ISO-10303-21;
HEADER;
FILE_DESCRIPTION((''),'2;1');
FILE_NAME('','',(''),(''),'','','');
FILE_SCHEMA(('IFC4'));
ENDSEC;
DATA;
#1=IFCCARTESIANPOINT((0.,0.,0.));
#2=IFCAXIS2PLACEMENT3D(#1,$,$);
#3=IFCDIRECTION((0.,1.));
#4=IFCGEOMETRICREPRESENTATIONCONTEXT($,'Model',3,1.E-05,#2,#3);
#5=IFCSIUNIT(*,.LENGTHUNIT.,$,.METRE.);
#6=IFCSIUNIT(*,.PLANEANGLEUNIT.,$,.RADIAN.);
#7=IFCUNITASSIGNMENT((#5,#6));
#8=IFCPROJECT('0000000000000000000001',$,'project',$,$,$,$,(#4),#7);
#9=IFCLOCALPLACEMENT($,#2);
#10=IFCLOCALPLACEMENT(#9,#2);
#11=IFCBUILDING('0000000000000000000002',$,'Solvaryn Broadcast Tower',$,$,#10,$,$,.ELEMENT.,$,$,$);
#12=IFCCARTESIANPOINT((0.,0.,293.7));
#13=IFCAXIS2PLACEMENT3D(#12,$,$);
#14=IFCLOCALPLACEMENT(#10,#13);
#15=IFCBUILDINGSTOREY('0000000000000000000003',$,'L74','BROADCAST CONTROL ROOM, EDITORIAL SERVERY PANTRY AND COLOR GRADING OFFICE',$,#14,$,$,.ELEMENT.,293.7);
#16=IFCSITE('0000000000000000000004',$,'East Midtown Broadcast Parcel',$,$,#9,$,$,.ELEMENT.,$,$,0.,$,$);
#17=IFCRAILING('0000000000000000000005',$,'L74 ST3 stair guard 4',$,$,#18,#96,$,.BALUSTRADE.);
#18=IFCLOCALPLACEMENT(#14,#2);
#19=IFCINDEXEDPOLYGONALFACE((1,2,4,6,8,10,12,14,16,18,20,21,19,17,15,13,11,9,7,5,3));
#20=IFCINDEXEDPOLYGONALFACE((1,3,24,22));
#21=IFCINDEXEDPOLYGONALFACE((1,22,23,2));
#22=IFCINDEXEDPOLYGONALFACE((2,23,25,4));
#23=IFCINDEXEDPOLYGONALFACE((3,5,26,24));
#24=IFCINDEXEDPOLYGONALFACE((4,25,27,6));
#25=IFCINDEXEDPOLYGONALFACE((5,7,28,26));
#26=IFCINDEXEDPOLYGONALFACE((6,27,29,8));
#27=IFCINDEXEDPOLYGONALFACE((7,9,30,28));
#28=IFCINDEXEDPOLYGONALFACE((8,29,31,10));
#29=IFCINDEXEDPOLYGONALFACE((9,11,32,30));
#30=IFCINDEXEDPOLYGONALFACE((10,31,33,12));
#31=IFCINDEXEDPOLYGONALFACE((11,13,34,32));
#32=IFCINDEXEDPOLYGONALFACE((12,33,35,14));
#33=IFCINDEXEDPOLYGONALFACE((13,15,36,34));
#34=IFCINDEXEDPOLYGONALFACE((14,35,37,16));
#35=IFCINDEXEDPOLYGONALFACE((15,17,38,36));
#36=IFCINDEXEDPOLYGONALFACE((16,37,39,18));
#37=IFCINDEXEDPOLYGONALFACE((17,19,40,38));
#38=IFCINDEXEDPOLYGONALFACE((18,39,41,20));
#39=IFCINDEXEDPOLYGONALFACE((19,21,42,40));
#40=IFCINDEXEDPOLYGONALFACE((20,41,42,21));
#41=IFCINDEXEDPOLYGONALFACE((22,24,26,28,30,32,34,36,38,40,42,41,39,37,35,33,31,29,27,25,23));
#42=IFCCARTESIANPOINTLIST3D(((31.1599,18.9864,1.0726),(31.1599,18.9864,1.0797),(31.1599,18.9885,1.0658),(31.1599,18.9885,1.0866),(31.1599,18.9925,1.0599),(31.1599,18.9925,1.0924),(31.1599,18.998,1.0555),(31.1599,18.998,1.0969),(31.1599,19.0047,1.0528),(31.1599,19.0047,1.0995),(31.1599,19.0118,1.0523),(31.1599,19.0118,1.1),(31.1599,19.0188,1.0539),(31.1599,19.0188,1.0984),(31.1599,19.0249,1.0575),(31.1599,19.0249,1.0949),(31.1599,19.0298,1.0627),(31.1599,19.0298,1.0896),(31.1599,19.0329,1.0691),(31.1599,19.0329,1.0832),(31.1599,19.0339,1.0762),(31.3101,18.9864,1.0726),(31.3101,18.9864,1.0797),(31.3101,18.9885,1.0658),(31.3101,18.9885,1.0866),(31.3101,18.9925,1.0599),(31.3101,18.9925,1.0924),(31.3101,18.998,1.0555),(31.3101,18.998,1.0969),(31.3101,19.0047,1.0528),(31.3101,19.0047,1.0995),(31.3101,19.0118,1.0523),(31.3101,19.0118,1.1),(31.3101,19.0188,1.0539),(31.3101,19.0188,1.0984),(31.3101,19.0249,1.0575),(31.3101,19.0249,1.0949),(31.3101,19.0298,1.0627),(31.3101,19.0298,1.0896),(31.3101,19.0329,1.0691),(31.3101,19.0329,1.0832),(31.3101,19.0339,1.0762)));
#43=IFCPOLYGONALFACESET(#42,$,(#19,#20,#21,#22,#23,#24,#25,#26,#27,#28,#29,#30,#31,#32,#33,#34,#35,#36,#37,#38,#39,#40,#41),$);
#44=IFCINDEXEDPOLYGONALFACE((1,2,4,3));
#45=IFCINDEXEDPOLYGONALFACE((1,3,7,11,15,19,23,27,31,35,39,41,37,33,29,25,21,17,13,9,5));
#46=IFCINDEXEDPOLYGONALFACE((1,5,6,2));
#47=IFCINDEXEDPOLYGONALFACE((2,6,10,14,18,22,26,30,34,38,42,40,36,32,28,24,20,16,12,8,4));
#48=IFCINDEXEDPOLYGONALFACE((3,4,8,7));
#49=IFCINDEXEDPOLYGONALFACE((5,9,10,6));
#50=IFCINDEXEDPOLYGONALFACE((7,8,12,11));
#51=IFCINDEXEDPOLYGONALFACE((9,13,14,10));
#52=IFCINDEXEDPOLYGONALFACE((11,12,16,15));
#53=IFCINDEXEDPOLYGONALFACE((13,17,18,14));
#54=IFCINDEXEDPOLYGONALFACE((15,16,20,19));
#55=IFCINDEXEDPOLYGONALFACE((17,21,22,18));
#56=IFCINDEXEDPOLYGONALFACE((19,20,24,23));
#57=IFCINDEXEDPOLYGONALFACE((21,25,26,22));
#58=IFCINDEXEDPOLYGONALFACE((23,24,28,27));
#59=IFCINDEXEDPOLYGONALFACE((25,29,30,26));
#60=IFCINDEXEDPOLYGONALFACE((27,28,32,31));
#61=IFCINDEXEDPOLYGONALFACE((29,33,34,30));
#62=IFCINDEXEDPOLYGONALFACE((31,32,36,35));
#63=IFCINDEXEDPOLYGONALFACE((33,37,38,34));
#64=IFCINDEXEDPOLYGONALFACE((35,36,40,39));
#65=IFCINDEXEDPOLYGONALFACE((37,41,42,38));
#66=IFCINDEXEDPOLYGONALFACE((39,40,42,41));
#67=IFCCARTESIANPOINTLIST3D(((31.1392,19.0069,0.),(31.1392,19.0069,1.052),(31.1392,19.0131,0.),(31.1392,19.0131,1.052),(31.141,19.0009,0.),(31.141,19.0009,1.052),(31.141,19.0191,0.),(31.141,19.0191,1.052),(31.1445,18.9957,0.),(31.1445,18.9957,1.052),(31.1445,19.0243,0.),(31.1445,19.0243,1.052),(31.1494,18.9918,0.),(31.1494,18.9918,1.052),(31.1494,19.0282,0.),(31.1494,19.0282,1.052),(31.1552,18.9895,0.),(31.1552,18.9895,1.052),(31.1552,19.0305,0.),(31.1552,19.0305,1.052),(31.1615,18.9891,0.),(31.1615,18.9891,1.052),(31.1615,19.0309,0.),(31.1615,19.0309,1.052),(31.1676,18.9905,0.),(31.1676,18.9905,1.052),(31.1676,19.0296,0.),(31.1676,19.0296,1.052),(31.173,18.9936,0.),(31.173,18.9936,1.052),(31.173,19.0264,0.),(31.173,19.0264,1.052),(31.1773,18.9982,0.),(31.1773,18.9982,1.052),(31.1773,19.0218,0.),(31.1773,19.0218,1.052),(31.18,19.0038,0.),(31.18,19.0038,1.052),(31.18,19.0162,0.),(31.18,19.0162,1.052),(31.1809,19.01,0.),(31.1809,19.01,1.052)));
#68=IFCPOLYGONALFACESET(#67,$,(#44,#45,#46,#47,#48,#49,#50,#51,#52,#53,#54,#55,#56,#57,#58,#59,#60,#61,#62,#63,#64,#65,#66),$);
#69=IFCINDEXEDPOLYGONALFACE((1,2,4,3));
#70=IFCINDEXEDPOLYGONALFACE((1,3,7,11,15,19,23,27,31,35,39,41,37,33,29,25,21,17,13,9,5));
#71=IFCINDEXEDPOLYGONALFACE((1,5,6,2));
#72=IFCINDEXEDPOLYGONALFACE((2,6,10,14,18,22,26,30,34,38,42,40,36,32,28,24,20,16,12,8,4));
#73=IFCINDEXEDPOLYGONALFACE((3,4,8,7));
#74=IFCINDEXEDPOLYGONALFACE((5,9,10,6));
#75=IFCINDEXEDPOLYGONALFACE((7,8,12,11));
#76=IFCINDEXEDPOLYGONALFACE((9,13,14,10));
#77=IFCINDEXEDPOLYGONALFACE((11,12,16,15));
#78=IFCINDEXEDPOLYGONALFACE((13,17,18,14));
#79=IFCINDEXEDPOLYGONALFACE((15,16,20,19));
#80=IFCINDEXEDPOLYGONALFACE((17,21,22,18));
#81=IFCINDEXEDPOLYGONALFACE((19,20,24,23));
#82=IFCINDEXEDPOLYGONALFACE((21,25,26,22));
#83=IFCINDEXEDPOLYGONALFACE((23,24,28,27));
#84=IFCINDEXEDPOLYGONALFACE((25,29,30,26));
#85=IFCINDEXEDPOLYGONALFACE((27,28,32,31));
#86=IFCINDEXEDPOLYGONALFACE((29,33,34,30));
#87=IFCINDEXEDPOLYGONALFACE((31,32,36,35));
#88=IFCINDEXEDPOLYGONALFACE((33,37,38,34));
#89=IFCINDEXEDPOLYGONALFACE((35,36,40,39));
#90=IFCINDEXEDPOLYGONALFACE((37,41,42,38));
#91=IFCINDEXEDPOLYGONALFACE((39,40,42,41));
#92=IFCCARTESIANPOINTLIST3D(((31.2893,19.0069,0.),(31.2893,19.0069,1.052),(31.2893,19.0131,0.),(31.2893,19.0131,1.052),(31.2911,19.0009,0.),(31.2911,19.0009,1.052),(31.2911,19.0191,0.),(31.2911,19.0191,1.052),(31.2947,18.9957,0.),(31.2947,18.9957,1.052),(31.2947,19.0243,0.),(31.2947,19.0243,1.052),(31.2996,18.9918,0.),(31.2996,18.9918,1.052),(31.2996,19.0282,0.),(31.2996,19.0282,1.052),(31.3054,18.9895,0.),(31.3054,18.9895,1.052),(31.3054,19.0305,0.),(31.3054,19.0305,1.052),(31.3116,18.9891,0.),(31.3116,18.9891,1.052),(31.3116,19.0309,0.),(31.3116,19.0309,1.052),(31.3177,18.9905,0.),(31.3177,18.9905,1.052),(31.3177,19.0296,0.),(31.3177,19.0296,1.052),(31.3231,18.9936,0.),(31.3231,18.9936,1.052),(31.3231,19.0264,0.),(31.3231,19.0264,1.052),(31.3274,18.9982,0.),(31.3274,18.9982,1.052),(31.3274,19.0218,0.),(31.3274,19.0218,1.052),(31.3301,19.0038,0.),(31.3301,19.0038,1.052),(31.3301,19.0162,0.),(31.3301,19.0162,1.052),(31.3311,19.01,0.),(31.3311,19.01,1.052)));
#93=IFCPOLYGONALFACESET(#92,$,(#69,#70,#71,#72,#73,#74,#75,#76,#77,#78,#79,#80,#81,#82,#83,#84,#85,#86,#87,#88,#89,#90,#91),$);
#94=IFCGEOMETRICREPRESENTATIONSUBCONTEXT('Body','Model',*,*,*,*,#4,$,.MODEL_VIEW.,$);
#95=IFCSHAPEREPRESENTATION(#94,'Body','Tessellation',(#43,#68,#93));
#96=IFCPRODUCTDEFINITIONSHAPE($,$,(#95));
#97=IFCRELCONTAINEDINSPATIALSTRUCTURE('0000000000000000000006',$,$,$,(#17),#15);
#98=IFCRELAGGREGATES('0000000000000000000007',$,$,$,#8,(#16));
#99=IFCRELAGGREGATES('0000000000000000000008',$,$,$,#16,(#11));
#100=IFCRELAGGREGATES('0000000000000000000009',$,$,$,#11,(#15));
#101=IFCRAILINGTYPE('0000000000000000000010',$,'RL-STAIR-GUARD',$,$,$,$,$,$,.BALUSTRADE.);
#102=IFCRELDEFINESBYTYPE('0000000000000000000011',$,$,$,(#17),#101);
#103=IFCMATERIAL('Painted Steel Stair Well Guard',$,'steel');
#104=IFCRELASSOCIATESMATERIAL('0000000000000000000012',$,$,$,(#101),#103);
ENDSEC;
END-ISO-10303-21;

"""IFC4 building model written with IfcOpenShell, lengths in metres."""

from ifc_helpers import new_model, si_unit, direction, frame, origin, origin_2d, place, context, subcontext, project, spatial, circle, extrude, material, type_object, element, save


model = new_model("IFC4")

# Units and contexts
model_context = context("Model", 3, precision=1e-05, world=origin(), true_north=direction((0.0, 1.0)))
body_context = subcontext(model_context, "Body", "Model", "MODEL_VIEW")
ifc_project = project(units=[si_unit("LENGTHUNIT", "METRE"), si_unit("PLANEANGLEUNIT", "RADIAN")], contexts=[model_context])

# Site, building, storey
site_placement = place(None, origin())
site = spatial("IfcSite", under=ifc_project, at=site_placement, Name="East Midtown Broadcast Parcel", CompositionType="ELEMENT", RefElevation=0.0)
building_placement = place(site_placement, origin())
building = spatial("IfcBuilding", under=site, at=building_placement, Name="Solvaryn Broadcast Tower", CompositionType="ELEMENT")
storey_placement = place(building_placement, frame((0.0, 0.0, 293.7)))
storey = spatial("IfcBuildingStorey", under=building, at=storey_placement, Name="L74", Description="BROADCAST CONTROL ROOM, EDITORIAL SERVERY PANTRY AND COLOR GRADING OFFICE", CompositionType="ELEMENT", Elevation=293.7)

# Railing
ifc_material_1 = material(Name="Painted Steel Stair Well Guard", Category="steel")
railing_type_1 = type_object("IfcRailingType", Name="RL-STAIR-GUARD", PredefinedType="BALUSTRADE", material=ifc_material_1)
railing_1_placement = place(storey_placement, frame((31.1599, 19.01, 0.0)))
element("IfcRailing", 1, at=railing_1_placement, inside=storey, type_object=railing_type_1, Name="L74 ST3 stair guard 4", PredefinedType="BALUSTRADE", context=body_context, shape_type="SweptSolid", body=[
    extrude(circle(Radius=0.0239, at=origin_2d()), frame((0.0, 0.0, 1.0762), z_axis=(1.0, 0.0, 0.0), x_axis=(0.0, 1.0, 0.0)), (0.0, 0.0, 1.0), 0.1501),
    extrude(circle(Radius=0.021, at=origin_2d()), origin(), (0.0, 0.0, 1.0), 1.052),
    extrude(circle(Radius=0.021, at=origin_2d()), frame((0.1501, 0.0, 0.0)), (0.0, 0.0, 1.0), 1.052),
])

save(model, "model.ifc")
